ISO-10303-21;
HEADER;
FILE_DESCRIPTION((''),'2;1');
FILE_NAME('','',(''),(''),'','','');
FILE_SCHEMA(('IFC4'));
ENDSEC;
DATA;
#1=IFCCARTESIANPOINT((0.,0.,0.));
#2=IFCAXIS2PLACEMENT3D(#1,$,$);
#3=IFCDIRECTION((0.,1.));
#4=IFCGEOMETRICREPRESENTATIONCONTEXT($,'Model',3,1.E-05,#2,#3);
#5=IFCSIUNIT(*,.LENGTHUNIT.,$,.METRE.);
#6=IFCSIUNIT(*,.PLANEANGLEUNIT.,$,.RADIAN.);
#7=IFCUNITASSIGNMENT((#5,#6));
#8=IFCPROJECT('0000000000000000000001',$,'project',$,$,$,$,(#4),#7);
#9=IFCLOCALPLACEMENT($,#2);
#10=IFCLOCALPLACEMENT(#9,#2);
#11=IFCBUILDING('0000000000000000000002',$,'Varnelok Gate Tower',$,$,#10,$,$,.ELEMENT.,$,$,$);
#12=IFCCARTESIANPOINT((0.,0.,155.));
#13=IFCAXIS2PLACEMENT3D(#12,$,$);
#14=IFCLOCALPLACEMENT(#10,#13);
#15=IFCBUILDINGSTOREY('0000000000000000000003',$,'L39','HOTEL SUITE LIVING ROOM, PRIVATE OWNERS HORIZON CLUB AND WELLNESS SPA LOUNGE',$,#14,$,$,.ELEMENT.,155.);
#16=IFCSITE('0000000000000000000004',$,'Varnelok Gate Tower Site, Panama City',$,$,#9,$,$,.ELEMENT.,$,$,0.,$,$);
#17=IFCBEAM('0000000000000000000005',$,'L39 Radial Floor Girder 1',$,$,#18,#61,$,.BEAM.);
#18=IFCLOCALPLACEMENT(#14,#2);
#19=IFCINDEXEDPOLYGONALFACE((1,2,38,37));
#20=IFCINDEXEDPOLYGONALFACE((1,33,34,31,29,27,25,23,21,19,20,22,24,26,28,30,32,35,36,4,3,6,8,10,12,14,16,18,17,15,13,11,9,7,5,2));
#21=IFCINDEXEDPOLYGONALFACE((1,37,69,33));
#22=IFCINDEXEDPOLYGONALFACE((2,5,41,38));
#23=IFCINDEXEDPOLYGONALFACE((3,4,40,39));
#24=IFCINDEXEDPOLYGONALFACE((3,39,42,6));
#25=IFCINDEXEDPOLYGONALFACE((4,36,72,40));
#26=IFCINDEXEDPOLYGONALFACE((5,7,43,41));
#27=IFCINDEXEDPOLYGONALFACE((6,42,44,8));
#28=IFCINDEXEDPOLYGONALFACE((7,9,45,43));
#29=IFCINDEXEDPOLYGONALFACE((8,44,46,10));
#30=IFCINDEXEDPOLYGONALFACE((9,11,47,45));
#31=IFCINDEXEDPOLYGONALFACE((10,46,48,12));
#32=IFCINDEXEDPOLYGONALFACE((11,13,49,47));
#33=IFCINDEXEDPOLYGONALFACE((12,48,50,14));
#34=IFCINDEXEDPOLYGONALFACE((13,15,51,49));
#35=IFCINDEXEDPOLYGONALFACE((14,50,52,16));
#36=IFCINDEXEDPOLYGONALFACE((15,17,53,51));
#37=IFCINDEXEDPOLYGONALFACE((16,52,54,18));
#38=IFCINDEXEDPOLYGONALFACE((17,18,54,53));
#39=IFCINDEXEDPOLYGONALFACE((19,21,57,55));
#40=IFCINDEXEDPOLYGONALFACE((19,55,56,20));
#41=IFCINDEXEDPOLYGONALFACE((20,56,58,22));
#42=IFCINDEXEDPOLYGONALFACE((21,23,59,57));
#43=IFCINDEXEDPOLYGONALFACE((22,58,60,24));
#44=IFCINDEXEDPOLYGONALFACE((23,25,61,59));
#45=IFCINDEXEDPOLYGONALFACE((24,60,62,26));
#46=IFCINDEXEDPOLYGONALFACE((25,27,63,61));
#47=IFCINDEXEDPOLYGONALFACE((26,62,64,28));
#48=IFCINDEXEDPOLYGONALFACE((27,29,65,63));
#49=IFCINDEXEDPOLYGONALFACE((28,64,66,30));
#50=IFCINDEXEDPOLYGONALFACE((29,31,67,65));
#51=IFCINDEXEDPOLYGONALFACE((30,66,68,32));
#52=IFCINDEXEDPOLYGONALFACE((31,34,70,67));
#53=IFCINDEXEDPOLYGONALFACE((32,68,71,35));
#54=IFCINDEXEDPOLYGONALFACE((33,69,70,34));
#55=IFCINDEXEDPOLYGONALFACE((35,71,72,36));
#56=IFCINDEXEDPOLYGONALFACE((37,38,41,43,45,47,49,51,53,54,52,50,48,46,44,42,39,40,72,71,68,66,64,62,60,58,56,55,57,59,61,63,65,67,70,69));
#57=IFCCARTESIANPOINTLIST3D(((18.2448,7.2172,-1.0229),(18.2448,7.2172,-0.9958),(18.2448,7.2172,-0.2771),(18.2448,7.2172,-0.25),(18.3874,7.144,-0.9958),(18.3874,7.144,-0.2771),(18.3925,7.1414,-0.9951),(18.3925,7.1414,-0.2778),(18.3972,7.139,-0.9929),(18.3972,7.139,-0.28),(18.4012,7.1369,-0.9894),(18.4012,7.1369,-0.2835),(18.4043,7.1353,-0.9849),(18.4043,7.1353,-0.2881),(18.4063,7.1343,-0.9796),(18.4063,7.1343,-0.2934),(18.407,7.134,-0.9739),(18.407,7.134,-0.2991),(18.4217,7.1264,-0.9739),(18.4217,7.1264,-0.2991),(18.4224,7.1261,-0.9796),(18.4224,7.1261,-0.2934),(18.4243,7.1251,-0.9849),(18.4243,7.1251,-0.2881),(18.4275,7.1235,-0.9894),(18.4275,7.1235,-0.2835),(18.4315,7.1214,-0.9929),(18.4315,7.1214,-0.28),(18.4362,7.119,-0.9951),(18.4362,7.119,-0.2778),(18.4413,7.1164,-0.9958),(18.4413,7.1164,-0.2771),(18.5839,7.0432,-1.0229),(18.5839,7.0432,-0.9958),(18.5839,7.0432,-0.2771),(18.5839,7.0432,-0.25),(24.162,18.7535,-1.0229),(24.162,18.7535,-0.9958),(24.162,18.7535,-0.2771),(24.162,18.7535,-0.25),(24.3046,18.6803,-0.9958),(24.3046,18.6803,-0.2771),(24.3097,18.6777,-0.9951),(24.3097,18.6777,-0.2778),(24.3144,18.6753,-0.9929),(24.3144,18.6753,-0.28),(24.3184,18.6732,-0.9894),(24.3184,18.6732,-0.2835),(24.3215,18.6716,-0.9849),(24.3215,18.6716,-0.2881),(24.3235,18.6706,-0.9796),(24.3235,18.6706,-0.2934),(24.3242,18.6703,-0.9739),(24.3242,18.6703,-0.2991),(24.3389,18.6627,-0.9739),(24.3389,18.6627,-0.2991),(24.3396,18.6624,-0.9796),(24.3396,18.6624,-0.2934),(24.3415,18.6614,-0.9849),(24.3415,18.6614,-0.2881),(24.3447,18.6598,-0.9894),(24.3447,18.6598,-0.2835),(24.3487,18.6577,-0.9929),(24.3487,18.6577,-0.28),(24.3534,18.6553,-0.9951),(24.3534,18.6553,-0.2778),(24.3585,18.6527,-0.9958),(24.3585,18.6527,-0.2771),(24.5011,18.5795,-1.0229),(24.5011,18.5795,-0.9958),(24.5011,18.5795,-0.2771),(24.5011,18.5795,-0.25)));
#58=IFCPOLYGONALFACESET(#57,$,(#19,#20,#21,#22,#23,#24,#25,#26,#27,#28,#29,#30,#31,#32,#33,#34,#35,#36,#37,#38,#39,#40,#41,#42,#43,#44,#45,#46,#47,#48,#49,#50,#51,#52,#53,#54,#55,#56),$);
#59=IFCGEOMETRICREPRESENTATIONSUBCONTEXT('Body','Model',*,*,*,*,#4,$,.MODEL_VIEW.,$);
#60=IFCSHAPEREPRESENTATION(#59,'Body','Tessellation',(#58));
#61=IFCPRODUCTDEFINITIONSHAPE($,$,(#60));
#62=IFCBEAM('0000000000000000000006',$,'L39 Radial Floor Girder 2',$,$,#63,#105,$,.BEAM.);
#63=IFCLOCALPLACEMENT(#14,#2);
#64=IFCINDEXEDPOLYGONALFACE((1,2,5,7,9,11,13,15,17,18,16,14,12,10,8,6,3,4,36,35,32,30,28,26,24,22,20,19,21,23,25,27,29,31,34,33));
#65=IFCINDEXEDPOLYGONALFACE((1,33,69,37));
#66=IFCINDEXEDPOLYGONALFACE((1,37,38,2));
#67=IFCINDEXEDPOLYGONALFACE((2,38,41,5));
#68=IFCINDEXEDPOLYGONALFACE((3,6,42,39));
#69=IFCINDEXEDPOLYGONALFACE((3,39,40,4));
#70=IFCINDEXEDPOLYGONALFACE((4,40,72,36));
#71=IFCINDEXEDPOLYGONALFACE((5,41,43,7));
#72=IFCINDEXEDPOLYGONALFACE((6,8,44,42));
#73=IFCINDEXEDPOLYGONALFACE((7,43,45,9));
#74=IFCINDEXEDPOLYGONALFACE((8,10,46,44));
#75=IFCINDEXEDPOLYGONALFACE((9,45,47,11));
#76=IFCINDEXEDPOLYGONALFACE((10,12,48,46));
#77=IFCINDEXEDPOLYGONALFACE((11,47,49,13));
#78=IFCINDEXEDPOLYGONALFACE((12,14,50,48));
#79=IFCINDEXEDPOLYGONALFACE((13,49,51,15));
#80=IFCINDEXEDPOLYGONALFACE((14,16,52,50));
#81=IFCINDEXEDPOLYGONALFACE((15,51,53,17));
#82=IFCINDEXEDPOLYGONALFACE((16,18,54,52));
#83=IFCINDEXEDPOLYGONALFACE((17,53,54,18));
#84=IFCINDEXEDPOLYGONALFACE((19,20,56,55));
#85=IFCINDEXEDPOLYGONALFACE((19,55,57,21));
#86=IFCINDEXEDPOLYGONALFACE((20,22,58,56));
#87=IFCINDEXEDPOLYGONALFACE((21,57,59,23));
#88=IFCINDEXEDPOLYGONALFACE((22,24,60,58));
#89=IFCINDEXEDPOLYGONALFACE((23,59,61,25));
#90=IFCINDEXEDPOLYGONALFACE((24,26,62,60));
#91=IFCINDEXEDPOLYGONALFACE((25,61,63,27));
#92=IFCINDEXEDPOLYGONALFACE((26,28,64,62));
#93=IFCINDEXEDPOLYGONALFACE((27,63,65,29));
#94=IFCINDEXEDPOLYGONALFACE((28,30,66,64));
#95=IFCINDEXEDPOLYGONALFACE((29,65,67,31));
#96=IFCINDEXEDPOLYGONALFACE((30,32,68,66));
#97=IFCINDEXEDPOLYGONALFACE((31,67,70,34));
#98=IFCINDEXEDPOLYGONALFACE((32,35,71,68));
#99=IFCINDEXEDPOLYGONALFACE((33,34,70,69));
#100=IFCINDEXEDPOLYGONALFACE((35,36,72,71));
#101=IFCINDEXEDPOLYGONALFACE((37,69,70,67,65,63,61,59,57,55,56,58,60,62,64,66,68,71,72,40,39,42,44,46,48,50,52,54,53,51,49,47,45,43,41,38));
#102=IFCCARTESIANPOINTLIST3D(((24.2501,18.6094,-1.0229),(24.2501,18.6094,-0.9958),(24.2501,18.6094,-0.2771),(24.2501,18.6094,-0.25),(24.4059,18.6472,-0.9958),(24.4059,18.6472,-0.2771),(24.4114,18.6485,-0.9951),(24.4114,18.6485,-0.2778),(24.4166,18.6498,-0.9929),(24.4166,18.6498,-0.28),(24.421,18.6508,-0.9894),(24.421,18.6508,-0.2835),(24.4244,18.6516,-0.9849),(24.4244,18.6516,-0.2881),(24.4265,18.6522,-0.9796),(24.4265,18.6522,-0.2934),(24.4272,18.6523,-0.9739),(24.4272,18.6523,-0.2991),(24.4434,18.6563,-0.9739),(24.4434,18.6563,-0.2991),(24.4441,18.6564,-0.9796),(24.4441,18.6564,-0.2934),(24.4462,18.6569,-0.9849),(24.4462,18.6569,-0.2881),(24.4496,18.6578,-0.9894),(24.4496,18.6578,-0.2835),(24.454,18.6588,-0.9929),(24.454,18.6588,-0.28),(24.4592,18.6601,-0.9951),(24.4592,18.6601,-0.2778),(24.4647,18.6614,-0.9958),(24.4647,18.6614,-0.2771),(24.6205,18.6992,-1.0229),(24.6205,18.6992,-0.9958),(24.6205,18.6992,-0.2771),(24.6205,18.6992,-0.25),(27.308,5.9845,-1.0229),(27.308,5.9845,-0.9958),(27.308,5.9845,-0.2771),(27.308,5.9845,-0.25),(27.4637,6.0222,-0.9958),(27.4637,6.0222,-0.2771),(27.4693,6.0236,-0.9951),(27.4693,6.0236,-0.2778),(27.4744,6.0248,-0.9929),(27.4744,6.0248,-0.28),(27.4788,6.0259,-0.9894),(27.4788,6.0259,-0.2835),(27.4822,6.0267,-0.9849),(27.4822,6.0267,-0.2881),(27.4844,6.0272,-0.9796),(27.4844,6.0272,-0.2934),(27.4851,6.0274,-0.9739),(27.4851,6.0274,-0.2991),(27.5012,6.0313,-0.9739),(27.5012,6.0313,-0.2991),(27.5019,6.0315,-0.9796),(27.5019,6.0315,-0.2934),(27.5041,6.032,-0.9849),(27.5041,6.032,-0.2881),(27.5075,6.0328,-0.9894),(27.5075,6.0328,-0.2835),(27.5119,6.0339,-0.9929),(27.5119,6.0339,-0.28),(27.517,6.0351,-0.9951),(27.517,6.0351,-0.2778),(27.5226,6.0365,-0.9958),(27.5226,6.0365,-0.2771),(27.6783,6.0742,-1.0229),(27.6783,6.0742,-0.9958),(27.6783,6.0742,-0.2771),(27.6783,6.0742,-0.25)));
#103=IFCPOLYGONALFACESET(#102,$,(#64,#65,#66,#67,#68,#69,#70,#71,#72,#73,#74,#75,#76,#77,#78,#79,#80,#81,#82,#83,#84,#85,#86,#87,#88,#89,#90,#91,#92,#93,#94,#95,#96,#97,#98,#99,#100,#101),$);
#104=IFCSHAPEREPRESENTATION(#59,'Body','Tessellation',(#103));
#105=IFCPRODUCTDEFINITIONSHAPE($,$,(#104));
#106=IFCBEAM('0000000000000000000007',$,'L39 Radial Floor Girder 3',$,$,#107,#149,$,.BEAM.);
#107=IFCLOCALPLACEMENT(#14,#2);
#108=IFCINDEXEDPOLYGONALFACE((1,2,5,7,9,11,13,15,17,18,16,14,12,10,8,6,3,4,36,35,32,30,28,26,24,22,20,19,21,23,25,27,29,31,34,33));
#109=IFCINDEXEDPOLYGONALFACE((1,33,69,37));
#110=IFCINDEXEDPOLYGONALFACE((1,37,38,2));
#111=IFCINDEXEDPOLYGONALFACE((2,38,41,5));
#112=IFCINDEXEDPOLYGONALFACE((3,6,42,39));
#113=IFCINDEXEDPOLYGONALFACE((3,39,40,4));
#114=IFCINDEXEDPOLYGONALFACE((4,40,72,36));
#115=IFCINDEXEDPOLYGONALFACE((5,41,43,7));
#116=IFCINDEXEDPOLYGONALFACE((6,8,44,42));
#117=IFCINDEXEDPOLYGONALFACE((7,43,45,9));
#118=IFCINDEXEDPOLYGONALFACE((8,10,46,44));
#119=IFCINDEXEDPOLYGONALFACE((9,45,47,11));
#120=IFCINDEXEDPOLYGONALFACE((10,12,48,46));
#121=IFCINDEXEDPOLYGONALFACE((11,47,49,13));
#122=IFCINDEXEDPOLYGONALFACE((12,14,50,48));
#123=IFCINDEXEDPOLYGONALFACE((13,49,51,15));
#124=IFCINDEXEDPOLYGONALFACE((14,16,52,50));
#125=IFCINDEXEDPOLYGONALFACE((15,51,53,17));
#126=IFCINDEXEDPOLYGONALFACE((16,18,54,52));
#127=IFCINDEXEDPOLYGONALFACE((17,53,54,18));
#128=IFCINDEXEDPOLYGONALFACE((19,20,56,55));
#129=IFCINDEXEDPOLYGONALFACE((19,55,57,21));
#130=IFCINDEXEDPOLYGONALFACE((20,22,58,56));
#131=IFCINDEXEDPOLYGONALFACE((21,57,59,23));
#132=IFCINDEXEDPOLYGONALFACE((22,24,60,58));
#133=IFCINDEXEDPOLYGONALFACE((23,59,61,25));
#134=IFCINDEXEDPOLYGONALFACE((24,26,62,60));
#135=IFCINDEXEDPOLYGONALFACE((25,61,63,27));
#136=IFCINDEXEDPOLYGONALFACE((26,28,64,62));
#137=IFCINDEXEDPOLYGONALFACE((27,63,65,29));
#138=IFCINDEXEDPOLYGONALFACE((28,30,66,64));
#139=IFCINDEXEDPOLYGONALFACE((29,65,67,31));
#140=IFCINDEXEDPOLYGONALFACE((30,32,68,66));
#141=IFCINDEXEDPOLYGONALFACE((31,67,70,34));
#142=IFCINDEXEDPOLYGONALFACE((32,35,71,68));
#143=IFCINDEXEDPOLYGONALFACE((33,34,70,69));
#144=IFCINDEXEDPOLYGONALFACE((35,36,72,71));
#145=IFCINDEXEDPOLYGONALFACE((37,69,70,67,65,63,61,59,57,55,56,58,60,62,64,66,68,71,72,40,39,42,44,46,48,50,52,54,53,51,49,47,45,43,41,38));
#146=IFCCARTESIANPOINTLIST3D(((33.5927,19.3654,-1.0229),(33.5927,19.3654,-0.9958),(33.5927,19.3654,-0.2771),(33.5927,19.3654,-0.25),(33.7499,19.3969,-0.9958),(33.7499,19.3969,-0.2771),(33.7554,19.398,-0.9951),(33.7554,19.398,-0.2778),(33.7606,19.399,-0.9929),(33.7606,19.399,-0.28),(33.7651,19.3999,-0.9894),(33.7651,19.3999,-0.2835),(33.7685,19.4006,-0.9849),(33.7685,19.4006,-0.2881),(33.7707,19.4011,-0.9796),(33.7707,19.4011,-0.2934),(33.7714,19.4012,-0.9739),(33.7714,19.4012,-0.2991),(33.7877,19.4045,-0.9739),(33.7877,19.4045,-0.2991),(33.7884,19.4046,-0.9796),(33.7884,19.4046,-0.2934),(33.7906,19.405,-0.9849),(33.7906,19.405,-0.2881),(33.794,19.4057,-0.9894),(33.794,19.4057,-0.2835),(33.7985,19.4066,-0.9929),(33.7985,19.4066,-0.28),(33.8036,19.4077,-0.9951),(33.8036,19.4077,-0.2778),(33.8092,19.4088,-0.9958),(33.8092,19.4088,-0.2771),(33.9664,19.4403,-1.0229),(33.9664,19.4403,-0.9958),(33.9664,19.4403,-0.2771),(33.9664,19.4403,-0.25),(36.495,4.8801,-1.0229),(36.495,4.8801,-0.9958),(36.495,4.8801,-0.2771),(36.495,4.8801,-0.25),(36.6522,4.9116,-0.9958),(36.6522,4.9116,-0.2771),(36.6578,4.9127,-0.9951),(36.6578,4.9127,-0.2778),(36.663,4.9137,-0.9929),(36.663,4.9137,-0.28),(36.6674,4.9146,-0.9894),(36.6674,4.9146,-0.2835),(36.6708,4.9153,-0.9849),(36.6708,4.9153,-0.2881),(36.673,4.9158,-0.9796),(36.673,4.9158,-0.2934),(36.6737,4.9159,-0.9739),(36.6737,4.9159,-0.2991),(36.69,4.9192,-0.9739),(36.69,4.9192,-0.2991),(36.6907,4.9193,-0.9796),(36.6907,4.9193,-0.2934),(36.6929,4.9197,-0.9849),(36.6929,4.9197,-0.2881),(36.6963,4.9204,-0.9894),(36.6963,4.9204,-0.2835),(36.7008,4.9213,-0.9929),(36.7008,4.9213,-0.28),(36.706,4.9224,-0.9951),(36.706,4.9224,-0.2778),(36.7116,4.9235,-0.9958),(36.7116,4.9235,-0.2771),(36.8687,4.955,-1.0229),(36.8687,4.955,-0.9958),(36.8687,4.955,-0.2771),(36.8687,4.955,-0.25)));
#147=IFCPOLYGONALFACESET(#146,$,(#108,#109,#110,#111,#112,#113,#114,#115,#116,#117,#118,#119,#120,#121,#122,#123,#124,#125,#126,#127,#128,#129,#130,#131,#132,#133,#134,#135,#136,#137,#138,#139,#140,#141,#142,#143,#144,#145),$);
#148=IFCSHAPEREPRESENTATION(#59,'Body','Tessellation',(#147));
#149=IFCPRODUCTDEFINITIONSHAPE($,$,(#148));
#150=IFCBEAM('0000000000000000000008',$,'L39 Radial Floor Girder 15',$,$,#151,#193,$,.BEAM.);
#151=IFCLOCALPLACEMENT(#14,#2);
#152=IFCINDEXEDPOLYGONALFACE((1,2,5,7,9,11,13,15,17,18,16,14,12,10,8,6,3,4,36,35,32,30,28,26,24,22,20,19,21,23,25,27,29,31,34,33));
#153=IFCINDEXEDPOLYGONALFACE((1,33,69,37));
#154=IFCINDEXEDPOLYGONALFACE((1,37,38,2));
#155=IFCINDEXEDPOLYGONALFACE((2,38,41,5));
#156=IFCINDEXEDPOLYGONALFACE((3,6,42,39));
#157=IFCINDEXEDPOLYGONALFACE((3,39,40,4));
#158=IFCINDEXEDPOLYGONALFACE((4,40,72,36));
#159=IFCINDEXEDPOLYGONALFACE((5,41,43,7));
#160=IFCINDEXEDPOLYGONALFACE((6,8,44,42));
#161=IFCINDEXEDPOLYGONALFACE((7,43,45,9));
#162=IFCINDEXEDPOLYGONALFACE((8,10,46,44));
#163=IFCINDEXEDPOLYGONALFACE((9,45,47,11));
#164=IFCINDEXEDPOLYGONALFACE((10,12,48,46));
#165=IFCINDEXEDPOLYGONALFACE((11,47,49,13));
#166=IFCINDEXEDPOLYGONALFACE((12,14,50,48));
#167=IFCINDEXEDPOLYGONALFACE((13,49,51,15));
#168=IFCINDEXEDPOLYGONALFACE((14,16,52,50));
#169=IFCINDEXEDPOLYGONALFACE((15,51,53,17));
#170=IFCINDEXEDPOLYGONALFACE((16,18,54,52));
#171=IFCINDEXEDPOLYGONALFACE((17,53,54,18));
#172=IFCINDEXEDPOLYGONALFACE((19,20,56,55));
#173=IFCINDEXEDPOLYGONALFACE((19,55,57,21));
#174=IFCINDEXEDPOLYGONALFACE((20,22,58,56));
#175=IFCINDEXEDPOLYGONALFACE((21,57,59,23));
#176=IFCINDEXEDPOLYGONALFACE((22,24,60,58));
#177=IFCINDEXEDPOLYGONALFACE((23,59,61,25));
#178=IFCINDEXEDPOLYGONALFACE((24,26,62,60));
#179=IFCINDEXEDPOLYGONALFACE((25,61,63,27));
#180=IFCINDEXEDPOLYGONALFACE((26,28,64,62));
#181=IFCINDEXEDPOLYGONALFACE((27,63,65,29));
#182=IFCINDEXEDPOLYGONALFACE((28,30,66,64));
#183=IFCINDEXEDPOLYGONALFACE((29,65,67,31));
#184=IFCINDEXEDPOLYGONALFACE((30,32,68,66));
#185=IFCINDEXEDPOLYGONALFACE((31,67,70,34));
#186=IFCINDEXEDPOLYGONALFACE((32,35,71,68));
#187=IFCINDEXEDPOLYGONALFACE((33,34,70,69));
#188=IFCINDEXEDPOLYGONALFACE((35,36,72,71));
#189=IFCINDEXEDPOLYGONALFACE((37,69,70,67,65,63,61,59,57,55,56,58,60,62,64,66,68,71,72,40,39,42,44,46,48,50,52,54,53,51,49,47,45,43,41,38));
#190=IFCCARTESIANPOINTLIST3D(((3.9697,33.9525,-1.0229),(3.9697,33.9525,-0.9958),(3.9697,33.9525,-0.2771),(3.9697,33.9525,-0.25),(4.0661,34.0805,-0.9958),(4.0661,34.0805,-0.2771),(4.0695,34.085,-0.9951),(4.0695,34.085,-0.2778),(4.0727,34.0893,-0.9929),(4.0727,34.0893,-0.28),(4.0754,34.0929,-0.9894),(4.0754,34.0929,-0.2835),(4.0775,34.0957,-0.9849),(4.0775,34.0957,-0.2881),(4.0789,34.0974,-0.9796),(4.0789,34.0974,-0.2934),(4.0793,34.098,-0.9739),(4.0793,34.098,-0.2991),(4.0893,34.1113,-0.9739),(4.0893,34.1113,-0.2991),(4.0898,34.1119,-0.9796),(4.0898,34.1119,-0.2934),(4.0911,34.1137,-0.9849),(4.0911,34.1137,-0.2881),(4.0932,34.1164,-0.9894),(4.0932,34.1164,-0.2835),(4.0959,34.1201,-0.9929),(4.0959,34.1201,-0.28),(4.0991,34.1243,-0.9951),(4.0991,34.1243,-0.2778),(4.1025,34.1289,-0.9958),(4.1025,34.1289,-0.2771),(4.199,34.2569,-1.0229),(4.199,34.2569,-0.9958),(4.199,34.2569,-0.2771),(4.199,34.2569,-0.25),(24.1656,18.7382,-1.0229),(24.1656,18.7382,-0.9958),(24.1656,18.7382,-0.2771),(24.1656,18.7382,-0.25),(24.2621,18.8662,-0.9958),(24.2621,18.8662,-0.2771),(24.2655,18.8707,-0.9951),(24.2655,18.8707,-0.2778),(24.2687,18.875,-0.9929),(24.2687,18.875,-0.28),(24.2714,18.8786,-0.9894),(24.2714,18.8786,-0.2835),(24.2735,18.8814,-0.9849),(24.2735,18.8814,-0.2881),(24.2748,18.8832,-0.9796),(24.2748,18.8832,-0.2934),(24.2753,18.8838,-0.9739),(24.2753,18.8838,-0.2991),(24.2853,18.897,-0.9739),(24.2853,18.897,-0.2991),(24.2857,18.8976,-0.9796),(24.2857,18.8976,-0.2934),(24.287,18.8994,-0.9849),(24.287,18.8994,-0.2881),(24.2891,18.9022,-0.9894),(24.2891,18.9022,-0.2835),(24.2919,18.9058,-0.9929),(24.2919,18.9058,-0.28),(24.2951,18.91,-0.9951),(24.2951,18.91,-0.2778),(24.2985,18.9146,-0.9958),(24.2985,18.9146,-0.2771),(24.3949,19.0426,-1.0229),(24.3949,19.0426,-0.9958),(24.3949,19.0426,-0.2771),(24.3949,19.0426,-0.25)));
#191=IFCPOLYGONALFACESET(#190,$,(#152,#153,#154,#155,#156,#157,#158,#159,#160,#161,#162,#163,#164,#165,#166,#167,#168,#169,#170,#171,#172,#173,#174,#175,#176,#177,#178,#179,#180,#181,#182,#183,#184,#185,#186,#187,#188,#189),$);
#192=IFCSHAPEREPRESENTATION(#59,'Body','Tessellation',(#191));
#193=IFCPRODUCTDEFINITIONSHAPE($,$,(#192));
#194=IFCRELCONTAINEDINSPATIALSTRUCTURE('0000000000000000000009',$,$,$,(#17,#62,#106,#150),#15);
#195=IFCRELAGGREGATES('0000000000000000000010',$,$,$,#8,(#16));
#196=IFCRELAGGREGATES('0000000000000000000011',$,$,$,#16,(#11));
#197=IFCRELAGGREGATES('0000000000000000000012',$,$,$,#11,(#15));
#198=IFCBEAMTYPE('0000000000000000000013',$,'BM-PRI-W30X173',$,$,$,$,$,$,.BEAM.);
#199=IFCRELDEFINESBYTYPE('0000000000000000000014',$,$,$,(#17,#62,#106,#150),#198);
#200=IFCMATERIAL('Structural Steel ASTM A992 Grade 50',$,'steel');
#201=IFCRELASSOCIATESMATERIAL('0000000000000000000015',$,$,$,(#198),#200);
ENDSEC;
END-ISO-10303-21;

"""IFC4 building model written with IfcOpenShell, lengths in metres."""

from ifc_helpers import new_model, si_unit, direction, frame, origin, origin_2d, place, context, subcontext, project, spatial, i_section, extrude, material, material_profile, profile_set, type_object, element, save


model = new_model("IFC4")

# Units and contexts
model_context = context("Model", 3, precision=1e-05, world=origin(), true_north=direction((0.0, 1.0)))
body_context = subcontext(model_context, "Body", "Model", "MODEL_VIEW")
ifc_project = project(units=[si_unit("LENGTHUNIT", "METRE"), si_unit("PLANEANGLEUNIT", "RADIAN")], contexts=[model_context])

# Site, building, storey
site_placement = place(None, origin())
site = spatial("IfcSite", under=ifc_project, at=site_placement, Name="Varnelok Gate Tower Site, Panama City", CompositionType="ELEMENT", RefElevation=0.0)
building_placement = place(site_placement, origin())
building = spatial("IfcBuilding", under=site, at=building_placement, Name="Varnelok Gate Tower", CompositionType="ELEMENT")
storey_placement = place(building_placement, frame((0.0, 0.0, 155.0)))
storey = spatial("IfcBuildingStorey", under=building, at=storey_placement, Name="L39", Description="HOTEL SUITE LIVING ROOM, PRIVATE OWNERS HORIZON CLUB AND WELLNESS SPA LOUNGE", CompositionType="ELEMENT", Elevation=155.0)

# Shared definitions
ifc_material_1 = material(Name="Structural Steel ASTM A992 Grade 50", Category="steel")

# Beams
ifc_material_profile_1 = material_profile(ifc_material_1, i_section(OverallWidth=0.3811, OverallDepth=0.7729, WebThickness=0.0166, FlangeThickness=0.0271, FilletRadius=0.022, at=origin_2d()), Name="W30X173")
ifc_profile_set_1 = profile_set([ifc_material_profile_1], Name="Structural Steel ASTM A992 Grade 50")
beam_type_1 = type_object("IfcBeamType", Name="BM-PRI-W30X173", PredefinedType="BEAM", material=ifc_profile_set_1)
beam_1_placement = place(storey_placement, frame((24.3315, 18.6665, -0.6365), z_axis=(-0.456387, -0.889782, 0.0), x_axis=(0.889782, -0.456387, 0.0)))
element("IfcBeam", 1, at=beam_1_placement, inside=storey, type_object=beam_type_1, Name="L39 Radial Floor Girder 1", PredefinedType="BEAM", context=body_context, shape_type="SweptSolid", body=[
    extrude(i_section(OverallWidth=0.3811, OverallDepth=0.7729, WebThickness=0.0166, FlangeThickness=0.0271, FilletRadius=0.022, at=origin_2d()), origin(), (0.0, 0.0, 1.0), 12.9653),
])
beam_2_placement = place(storey_placement, frame((24.4353, 18.6543, -0.6365), z_axis=(0.2354, -0.971898, 0.0), x_axis=(0.971898, 0.2354, 0.0)))
element("IfcBeam", 2, at=beam_2_placement, inside=storey, type_object=beam_type_1, Name="L39 Radial Floor Girder 2", PredefinedType="BEAM", context=body_context, shape_type="SweptSolid", body=[
    extrude(i_section(OverallWidth=0.3811, OverallDepth=0.7729, WebThickness=0.0166, FlangeThickness=0.0271, FilletRadius=0.022, at=origin_2d()), origin(), (0.0, 0.0, 1.0), 12.99),
])
beam_3_placement = place(storey_placement, frame((33.7795, 19.4028, -0.6365), z_axis=(0.196459, -0.980512, 0.0), x_axis=(0.980512, 0.196459, 0.0)))
element("IfcBeam", 3, at=beam_3_placement, inside=storey, type_object=beam_type_1, Name="L39 Radial Floor Girder 3", PredefinedType="BEAM", context=body_context, shape_type="SweptSolid", body=[
    extrude(i_section(OverallWidth=0.3811, OverallDepth=0.7729, WebThickness=0.0166, FlangeThickness=0.0271, FilletRadius=0.022, at=origin_2d()), origin(), (0.0, 0.0, 1.0), 14.7732),
])
beam_4_placement = place(storey_placement, frame((24.2803, 18.8904, -0.6365), z_axis=(-0.79872, 0.601703, 0.0), x_axis=(-0.601703, -0.79872, 0.0)))
element("IfcBeam", 4, at=beam_4_placement, inside=storey, type_object=beam_type_1, Name="L39 Radial Floor Girder 15", PredefinedType="BEAM", context=body_context, shape_type="SweptSolid", body=[
    extrude(i_section(OverallWidth=0.3811, OverallDepth=0.7729, WebThickness=0.0166, FlangeThickness=0.0271, FilletRadius=0.022, at=origin_2d()), origin(), (0.0, 0.0, 1.0), 25.2854),
])

save(model, "model.ifc")
